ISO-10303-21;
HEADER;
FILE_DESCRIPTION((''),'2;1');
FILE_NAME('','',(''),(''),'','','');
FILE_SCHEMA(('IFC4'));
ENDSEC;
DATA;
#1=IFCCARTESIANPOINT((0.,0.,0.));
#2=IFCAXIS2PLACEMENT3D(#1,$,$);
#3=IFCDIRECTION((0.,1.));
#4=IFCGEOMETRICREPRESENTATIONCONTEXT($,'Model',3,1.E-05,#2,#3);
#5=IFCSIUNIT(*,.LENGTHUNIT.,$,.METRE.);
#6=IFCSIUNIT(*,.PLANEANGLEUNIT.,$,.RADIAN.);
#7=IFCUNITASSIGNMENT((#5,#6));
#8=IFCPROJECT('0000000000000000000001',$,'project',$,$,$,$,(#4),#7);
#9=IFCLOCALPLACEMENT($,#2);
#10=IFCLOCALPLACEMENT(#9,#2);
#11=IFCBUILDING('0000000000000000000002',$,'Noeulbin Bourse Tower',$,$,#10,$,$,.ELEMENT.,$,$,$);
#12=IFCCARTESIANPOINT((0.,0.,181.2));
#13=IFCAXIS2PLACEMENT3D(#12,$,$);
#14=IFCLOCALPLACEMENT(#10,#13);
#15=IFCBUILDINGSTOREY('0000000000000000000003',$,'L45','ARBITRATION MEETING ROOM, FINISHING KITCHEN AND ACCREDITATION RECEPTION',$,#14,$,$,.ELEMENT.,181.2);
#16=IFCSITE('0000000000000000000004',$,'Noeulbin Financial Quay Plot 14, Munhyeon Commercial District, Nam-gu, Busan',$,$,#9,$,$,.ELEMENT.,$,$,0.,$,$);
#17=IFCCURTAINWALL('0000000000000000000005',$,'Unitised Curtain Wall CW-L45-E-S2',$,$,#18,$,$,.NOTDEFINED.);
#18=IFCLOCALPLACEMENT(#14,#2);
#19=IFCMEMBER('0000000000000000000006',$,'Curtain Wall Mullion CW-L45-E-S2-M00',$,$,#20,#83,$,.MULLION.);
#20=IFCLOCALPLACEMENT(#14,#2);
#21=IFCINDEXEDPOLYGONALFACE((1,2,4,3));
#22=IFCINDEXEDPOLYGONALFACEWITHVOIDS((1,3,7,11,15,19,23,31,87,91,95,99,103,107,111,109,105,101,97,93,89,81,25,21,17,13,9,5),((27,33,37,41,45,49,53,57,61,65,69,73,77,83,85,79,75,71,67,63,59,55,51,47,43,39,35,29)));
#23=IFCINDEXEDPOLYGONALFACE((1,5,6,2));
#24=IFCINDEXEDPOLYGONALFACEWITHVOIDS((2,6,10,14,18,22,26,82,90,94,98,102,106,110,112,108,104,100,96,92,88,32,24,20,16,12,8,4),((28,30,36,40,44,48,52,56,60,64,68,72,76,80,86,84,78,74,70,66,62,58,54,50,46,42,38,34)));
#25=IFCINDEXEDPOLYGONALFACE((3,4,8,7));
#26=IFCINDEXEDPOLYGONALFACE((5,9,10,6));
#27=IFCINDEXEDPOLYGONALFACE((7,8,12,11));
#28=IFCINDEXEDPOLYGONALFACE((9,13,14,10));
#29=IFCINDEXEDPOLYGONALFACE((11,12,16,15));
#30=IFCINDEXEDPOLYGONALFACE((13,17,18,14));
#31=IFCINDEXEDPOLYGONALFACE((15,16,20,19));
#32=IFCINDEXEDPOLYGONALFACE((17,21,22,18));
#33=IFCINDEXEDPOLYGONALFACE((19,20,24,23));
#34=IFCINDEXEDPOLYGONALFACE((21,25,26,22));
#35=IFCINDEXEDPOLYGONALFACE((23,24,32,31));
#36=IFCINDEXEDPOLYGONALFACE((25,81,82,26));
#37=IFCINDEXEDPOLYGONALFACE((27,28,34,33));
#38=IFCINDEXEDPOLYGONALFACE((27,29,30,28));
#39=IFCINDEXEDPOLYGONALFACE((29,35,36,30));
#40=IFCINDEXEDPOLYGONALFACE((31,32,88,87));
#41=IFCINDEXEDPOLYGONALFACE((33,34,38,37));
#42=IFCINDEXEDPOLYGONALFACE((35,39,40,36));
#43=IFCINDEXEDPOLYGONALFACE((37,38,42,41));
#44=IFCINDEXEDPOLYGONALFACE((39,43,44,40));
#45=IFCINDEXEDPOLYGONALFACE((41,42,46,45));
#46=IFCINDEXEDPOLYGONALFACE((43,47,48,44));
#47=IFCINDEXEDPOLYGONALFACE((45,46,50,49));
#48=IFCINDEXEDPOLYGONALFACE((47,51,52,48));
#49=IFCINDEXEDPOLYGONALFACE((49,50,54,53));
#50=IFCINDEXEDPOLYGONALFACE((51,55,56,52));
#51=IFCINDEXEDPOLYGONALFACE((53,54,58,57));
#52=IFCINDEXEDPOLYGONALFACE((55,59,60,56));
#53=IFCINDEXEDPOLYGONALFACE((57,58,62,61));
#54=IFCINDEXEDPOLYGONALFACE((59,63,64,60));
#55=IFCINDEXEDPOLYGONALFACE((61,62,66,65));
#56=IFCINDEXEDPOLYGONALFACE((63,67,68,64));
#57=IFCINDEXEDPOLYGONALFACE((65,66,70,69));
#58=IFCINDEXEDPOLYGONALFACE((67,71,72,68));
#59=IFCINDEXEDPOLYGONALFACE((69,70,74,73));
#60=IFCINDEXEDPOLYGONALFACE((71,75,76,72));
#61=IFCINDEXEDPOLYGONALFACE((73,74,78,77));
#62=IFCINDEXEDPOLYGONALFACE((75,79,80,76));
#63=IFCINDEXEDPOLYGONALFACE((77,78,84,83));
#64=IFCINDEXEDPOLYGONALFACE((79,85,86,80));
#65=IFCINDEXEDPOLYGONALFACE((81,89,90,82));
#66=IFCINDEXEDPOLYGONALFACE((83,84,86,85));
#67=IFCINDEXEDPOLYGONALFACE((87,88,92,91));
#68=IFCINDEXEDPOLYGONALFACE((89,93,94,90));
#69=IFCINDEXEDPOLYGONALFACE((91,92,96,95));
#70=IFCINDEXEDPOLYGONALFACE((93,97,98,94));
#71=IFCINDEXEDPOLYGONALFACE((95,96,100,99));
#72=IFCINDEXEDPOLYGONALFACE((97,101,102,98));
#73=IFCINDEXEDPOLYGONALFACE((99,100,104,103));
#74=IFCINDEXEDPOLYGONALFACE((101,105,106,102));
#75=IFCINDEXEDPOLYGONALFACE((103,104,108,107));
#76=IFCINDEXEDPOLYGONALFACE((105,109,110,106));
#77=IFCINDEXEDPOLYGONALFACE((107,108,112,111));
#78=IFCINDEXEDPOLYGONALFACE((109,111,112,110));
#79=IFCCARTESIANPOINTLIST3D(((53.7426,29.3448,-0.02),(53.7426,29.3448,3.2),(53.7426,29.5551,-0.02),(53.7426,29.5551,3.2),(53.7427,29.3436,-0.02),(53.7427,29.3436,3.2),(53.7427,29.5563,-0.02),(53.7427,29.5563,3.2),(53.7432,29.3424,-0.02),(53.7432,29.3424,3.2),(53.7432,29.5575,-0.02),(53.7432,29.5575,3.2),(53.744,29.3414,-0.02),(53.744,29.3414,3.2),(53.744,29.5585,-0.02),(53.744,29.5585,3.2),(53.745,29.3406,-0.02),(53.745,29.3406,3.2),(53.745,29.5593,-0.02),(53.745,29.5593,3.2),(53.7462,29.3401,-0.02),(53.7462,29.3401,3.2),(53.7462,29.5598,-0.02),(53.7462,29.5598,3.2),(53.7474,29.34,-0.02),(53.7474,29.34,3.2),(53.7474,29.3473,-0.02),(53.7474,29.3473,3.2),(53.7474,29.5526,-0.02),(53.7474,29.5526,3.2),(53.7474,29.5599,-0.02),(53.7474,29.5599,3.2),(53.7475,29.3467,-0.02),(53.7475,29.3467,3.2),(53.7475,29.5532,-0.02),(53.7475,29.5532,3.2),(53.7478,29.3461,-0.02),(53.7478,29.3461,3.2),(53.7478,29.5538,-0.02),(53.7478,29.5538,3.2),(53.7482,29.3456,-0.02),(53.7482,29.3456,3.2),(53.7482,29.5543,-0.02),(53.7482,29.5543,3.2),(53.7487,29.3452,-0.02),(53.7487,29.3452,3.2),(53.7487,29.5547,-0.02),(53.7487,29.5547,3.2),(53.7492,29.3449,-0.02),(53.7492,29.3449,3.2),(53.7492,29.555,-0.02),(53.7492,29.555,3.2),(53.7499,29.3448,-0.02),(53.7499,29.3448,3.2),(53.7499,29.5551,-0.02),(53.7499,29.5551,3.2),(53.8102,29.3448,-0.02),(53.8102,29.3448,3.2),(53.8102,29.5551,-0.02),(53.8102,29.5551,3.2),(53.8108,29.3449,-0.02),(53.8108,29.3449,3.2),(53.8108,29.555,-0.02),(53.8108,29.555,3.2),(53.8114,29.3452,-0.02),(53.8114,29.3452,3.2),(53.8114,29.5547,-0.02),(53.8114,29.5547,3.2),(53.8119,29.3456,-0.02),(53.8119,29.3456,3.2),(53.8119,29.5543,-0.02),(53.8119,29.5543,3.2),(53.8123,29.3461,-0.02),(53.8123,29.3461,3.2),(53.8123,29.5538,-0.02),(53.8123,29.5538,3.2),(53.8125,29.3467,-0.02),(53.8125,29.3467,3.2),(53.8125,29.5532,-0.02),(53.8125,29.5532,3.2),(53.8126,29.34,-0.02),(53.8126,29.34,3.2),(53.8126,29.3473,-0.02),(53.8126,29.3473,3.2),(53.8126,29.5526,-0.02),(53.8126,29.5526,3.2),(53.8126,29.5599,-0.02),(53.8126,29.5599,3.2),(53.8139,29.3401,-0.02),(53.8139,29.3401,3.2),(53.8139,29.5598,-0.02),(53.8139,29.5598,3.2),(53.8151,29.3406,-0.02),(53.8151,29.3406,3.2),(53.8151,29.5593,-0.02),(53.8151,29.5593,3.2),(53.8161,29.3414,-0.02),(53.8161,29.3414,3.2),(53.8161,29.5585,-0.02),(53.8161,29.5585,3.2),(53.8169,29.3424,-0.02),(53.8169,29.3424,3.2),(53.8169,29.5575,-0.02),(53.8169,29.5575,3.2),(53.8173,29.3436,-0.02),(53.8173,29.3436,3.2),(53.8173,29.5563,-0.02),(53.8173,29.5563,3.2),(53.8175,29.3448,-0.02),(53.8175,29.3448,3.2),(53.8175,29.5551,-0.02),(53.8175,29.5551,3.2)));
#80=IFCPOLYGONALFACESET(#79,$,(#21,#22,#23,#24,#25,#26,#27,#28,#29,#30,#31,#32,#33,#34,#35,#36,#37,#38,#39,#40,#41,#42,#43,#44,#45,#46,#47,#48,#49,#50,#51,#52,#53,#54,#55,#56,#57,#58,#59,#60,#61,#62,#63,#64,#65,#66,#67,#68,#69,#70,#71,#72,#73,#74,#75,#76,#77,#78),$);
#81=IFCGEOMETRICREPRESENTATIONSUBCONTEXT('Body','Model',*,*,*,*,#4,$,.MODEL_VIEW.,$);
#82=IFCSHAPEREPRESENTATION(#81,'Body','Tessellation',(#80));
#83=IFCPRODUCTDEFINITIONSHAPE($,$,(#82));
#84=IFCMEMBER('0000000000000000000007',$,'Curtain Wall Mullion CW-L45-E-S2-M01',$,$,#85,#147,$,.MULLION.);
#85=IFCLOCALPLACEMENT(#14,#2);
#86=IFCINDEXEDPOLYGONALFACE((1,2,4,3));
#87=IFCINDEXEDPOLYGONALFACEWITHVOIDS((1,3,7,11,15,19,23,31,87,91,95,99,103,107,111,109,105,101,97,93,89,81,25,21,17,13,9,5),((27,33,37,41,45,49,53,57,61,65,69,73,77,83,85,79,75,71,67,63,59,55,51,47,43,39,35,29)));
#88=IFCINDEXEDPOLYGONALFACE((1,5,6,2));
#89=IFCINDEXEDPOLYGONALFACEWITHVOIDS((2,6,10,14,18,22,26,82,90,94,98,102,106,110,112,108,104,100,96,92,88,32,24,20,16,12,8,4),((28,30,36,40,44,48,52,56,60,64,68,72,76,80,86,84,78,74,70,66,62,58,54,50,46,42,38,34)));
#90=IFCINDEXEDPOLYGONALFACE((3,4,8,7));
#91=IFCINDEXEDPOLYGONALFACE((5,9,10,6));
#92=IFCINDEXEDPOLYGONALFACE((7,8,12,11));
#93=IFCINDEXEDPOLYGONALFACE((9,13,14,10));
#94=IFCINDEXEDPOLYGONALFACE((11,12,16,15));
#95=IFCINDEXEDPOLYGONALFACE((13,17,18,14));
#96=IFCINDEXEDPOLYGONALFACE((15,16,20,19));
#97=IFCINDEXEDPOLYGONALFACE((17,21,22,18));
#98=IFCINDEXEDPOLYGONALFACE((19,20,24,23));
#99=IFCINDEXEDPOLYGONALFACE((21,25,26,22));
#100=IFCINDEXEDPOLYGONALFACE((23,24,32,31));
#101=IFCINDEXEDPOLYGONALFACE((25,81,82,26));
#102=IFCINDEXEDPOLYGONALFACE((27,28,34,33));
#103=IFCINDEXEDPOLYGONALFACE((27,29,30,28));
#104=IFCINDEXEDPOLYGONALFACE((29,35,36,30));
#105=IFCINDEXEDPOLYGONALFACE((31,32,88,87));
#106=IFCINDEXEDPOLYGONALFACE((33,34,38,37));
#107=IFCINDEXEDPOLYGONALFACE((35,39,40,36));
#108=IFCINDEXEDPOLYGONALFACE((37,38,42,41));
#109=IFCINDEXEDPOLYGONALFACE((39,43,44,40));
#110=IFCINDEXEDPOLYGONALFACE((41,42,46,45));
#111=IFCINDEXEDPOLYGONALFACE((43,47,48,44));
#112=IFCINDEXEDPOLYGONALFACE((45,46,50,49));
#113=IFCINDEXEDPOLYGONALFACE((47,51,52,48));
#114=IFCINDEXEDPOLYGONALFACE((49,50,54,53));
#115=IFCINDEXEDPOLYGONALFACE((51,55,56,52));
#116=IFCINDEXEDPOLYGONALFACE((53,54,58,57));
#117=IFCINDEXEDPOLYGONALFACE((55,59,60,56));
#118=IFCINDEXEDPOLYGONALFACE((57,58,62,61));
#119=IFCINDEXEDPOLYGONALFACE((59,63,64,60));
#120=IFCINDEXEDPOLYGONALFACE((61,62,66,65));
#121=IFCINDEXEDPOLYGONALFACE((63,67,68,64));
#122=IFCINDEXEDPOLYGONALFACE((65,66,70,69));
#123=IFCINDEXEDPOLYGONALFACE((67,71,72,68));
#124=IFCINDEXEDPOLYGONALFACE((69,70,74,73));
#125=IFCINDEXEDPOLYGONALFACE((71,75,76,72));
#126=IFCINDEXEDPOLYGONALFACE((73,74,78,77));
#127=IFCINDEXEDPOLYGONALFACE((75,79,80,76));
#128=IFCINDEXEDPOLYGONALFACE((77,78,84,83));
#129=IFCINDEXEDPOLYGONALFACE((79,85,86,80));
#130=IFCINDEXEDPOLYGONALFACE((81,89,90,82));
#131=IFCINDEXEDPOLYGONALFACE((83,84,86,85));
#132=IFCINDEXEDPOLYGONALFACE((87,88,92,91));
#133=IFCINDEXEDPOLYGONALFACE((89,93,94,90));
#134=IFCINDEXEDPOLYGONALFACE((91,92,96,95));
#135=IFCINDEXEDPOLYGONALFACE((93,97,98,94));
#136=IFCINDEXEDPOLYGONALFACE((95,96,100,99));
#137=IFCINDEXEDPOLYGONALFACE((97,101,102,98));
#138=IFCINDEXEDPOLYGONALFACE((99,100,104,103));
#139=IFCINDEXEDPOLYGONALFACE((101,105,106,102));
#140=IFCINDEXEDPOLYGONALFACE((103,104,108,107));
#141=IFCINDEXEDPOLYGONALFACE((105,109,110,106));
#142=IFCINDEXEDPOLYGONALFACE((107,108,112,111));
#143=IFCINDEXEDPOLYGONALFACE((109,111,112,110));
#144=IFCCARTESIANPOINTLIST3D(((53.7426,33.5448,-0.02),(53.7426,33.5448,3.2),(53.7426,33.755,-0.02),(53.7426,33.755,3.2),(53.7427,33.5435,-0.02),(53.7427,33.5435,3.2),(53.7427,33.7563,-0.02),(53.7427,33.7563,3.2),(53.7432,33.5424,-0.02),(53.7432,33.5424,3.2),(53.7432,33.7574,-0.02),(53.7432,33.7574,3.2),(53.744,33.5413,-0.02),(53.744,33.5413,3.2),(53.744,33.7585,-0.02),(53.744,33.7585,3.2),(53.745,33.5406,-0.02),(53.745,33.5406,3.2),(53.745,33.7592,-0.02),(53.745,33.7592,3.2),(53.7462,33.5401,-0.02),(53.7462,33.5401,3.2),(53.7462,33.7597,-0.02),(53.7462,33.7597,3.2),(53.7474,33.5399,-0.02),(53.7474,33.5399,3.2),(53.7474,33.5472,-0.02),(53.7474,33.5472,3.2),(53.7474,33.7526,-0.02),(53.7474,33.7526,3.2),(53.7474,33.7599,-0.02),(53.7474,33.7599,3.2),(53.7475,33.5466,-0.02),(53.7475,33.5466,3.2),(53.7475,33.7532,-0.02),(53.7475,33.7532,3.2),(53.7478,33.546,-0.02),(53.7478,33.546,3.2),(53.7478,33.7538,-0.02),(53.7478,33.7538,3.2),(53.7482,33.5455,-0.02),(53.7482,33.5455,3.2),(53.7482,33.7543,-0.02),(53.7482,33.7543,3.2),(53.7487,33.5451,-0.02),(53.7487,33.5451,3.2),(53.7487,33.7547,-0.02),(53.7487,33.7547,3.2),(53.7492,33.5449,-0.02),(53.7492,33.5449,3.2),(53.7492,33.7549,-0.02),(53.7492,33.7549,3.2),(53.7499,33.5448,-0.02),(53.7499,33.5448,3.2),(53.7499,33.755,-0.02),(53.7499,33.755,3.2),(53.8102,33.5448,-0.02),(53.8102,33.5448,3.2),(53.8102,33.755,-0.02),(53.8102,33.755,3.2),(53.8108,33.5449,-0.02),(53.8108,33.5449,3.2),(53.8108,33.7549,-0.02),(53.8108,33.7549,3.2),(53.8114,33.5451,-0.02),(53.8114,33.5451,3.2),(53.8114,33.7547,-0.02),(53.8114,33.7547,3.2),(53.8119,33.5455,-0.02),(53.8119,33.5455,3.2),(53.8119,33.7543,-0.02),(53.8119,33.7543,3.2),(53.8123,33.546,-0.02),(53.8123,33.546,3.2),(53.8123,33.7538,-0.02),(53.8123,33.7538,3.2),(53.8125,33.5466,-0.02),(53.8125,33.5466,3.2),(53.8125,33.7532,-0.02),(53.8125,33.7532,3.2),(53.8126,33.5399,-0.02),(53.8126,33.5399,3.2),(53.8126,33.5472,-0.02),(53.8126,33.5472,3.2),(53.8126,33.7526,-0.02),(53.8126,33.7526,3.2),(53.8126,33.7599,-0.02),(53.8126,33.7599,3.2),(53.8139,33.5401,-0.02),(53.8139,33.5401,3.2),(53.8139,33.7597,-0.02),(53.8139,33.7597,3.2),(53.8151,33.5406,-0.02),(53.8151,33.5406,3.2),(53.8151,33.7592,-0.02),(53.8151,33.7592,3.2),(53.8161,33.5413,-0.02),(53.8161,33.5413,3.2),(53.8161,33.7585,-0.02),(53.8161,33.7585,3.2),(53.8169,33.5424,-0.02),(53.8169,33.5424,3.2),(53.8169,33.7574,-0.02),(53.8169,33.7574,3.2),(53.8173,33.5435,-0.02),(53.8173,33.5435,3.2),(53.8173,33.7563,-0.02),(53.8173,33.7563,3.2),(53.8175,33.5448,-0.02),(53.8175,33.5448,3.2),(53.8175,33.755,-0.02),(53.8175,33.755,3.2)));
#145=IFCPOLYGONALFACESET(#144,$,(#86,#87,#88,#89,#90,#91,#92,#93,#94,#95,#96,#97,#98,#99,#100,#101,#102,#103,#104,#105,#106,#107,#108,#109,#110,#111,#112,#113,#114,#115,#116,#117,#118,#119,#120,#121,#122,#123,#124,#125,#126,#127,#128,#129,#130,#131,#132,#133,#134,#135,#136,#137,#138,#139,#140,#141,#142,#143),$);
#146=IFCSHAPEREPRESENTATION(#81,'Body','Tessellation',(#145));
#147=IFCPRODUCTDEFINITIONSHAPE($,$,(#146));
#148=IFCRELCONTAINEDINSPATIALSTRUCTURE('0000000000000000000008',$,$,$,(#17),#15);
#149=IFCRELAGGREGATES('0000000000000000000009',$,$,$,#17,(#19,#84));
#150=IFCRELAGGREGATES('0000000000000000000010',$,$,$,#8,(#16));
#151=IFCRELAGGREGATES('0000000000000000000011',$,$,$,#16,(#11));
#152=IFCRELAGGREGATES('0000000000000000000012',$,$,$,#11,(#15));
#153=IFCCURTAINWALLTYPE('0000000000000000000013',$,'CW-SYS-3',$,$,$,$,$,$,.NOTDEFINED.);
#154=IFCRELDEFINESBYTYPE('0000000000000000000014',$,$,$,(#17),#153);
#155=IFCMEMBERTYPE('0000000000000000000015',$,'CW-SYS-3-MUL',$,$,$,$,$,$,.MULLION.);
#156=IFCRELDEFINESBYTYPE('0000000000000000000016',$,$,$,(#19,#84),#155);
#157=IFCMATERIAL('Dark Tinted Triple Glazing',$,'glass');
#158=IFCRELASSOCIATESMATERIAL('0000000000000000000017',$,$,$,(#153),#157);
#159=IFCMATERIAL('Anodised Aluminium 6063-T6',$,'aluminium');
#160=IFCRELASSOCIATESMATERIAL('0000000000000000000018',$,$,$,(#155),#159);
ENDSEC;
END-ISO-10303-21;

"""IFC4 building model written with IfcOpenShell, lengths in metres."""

from ifc_helpers import new_model, si_unit, direction, frame, origin, origin_2d, place, context, subcontext, project, spatial, hollow_rectangle, extrude, material, material_profile, profile_set, type_object, element, aggregate, save


model = new_model("IFC4")

# Units and contexts
model_context = context("Model", 3, precision=1e-05, world=origin(), true_north=direction((0.0, 1.0)))
body_context = subcontext(model_context, "Body", "Model", "MODEL_VIEW")
ifc_project = project(units=[si_unit("LENGTHUNIT", "METRE"), si_unit("PLANEANGLEUNIT", "RADIAN")], contexts=[model_context])

# Site, building, storey
site_placement = place(None, origin())
site = spatial("IfcSite", under=ifc_project, at=site_placement, Name="Noeulbin Financial Quay Plot 14, Munhyeon Commercial District, Nam-gu, Busan", CompositionType="ELEMENT", RefElevation=0.0)
building_placement = place(site_placement, origin())
building = spatial("IfcBuilding", under=site, at=building_placement, Name="Noeulbin Bourse Tower", CompositionType="ELEMENT")
storey_placement = place(building_placement, frame((0.0, 0.0, 181.2)))
storey = spatial("IfcBuildingStorey", under=building, at=storey_placement, Name="L45", Description="ARBITRATION MEETING ROOM, FINISHING KITCHEN AND ACCREDITATION RECEPTION", CompositionType="ELEMENT", Elevation=181.2)

# Curtain wall, members
ifc_material_1 = material(Name="Dark Tinted Triple Glazing", Category="glass")
curtain_wall_type = type_object("IfcCurtainWallType", Name="CW-SYS-3", PredefinedType="NOTDEFINED", material=ifc_material_1)
curtain_wall_placement = place(storey_placement, origin())
curtain_wall = element("IfcCurtainWall", 1, at=curtain_wall_placement, inside=storey, type_object=curtain_wall_type, Name="Unitised Curtain Wall CW-L45-E-S2", PredefinedType="NOTDEFINED")
ifc_material_2 = material(Name="Anodised Aluminium 6063-T6", Category="aluminium")
ifc_material_profile_1 = material_profile(ifc_material_2, hollow_rectangle(XDim=0.075, YDim=0.22, WallThickness=0.0049, InnerFilletRadius=0.0024, OuterFilletRadius=0.0049, at=origin_2d()), Name="ALU-MULL-75x220x5", Category="LoadBearing")
ifc_profile_set_1 = profile_set([ifc_material_profile_1], Name="Anodised Aluminium 6063-T6")
member_type_1 = type_object("IfcMemberType", Name="CW-SYS-3-MUL", PredefinedType="MULLION", material=ifc_profile_set_1)
member_1_placement = place(storey_placement, frame((53.78, 29.45, -0.02), z_axis=(0.0, 0.0, 1.0), x_axis=(1.0, 0.0, 0.0)))
member_1 = element("IfcMember", 2, at=member_1_placement, type_object=member_type_1, Name="Curtain Wall Mullion CW-L45-E-S2-M00", PredefinedType="MULLION", context=body_context, shape_type="SweptSolid", body=[
    extrude(hollow_rectangle(XDim=0.075, YDim=0.22, WallThickness=0.0049, InnerFilletRadius=0.0024, OuterFilletRadius=0.0049, at=origin_2d()), origin(), (0.0, 0.0, 1.0), 3.22),
])
member_2_placement = place(storey_placement, frame((53.78, 33.6499, -0.02), z_axis=(0.0, 0.0, 1.0), x_axis=(1.0, 0.0, 0.0)))
member_2 = element("IfcMember", 3, at=member_2_placement, type_object=member_type_1, Name="Curtain Wall Mullion CW-L45-E-S2-M01", PredefinedType="MULLION", context=body_context, shape_type="SweptSolid", body=[
    extrude(hollow_rectangle(XDim=0.075, YDim=0.22, WallThickness=0.0049, InnerFilletRadius=0.0024, OuterFilletRadius=0.0049, at=origin_2d()), origin(), (0.0, 0.0, 1.0), 3.22),
])
aggregate(curtain_wall, [member_1, member_2])

save(model, "model.ifc")
